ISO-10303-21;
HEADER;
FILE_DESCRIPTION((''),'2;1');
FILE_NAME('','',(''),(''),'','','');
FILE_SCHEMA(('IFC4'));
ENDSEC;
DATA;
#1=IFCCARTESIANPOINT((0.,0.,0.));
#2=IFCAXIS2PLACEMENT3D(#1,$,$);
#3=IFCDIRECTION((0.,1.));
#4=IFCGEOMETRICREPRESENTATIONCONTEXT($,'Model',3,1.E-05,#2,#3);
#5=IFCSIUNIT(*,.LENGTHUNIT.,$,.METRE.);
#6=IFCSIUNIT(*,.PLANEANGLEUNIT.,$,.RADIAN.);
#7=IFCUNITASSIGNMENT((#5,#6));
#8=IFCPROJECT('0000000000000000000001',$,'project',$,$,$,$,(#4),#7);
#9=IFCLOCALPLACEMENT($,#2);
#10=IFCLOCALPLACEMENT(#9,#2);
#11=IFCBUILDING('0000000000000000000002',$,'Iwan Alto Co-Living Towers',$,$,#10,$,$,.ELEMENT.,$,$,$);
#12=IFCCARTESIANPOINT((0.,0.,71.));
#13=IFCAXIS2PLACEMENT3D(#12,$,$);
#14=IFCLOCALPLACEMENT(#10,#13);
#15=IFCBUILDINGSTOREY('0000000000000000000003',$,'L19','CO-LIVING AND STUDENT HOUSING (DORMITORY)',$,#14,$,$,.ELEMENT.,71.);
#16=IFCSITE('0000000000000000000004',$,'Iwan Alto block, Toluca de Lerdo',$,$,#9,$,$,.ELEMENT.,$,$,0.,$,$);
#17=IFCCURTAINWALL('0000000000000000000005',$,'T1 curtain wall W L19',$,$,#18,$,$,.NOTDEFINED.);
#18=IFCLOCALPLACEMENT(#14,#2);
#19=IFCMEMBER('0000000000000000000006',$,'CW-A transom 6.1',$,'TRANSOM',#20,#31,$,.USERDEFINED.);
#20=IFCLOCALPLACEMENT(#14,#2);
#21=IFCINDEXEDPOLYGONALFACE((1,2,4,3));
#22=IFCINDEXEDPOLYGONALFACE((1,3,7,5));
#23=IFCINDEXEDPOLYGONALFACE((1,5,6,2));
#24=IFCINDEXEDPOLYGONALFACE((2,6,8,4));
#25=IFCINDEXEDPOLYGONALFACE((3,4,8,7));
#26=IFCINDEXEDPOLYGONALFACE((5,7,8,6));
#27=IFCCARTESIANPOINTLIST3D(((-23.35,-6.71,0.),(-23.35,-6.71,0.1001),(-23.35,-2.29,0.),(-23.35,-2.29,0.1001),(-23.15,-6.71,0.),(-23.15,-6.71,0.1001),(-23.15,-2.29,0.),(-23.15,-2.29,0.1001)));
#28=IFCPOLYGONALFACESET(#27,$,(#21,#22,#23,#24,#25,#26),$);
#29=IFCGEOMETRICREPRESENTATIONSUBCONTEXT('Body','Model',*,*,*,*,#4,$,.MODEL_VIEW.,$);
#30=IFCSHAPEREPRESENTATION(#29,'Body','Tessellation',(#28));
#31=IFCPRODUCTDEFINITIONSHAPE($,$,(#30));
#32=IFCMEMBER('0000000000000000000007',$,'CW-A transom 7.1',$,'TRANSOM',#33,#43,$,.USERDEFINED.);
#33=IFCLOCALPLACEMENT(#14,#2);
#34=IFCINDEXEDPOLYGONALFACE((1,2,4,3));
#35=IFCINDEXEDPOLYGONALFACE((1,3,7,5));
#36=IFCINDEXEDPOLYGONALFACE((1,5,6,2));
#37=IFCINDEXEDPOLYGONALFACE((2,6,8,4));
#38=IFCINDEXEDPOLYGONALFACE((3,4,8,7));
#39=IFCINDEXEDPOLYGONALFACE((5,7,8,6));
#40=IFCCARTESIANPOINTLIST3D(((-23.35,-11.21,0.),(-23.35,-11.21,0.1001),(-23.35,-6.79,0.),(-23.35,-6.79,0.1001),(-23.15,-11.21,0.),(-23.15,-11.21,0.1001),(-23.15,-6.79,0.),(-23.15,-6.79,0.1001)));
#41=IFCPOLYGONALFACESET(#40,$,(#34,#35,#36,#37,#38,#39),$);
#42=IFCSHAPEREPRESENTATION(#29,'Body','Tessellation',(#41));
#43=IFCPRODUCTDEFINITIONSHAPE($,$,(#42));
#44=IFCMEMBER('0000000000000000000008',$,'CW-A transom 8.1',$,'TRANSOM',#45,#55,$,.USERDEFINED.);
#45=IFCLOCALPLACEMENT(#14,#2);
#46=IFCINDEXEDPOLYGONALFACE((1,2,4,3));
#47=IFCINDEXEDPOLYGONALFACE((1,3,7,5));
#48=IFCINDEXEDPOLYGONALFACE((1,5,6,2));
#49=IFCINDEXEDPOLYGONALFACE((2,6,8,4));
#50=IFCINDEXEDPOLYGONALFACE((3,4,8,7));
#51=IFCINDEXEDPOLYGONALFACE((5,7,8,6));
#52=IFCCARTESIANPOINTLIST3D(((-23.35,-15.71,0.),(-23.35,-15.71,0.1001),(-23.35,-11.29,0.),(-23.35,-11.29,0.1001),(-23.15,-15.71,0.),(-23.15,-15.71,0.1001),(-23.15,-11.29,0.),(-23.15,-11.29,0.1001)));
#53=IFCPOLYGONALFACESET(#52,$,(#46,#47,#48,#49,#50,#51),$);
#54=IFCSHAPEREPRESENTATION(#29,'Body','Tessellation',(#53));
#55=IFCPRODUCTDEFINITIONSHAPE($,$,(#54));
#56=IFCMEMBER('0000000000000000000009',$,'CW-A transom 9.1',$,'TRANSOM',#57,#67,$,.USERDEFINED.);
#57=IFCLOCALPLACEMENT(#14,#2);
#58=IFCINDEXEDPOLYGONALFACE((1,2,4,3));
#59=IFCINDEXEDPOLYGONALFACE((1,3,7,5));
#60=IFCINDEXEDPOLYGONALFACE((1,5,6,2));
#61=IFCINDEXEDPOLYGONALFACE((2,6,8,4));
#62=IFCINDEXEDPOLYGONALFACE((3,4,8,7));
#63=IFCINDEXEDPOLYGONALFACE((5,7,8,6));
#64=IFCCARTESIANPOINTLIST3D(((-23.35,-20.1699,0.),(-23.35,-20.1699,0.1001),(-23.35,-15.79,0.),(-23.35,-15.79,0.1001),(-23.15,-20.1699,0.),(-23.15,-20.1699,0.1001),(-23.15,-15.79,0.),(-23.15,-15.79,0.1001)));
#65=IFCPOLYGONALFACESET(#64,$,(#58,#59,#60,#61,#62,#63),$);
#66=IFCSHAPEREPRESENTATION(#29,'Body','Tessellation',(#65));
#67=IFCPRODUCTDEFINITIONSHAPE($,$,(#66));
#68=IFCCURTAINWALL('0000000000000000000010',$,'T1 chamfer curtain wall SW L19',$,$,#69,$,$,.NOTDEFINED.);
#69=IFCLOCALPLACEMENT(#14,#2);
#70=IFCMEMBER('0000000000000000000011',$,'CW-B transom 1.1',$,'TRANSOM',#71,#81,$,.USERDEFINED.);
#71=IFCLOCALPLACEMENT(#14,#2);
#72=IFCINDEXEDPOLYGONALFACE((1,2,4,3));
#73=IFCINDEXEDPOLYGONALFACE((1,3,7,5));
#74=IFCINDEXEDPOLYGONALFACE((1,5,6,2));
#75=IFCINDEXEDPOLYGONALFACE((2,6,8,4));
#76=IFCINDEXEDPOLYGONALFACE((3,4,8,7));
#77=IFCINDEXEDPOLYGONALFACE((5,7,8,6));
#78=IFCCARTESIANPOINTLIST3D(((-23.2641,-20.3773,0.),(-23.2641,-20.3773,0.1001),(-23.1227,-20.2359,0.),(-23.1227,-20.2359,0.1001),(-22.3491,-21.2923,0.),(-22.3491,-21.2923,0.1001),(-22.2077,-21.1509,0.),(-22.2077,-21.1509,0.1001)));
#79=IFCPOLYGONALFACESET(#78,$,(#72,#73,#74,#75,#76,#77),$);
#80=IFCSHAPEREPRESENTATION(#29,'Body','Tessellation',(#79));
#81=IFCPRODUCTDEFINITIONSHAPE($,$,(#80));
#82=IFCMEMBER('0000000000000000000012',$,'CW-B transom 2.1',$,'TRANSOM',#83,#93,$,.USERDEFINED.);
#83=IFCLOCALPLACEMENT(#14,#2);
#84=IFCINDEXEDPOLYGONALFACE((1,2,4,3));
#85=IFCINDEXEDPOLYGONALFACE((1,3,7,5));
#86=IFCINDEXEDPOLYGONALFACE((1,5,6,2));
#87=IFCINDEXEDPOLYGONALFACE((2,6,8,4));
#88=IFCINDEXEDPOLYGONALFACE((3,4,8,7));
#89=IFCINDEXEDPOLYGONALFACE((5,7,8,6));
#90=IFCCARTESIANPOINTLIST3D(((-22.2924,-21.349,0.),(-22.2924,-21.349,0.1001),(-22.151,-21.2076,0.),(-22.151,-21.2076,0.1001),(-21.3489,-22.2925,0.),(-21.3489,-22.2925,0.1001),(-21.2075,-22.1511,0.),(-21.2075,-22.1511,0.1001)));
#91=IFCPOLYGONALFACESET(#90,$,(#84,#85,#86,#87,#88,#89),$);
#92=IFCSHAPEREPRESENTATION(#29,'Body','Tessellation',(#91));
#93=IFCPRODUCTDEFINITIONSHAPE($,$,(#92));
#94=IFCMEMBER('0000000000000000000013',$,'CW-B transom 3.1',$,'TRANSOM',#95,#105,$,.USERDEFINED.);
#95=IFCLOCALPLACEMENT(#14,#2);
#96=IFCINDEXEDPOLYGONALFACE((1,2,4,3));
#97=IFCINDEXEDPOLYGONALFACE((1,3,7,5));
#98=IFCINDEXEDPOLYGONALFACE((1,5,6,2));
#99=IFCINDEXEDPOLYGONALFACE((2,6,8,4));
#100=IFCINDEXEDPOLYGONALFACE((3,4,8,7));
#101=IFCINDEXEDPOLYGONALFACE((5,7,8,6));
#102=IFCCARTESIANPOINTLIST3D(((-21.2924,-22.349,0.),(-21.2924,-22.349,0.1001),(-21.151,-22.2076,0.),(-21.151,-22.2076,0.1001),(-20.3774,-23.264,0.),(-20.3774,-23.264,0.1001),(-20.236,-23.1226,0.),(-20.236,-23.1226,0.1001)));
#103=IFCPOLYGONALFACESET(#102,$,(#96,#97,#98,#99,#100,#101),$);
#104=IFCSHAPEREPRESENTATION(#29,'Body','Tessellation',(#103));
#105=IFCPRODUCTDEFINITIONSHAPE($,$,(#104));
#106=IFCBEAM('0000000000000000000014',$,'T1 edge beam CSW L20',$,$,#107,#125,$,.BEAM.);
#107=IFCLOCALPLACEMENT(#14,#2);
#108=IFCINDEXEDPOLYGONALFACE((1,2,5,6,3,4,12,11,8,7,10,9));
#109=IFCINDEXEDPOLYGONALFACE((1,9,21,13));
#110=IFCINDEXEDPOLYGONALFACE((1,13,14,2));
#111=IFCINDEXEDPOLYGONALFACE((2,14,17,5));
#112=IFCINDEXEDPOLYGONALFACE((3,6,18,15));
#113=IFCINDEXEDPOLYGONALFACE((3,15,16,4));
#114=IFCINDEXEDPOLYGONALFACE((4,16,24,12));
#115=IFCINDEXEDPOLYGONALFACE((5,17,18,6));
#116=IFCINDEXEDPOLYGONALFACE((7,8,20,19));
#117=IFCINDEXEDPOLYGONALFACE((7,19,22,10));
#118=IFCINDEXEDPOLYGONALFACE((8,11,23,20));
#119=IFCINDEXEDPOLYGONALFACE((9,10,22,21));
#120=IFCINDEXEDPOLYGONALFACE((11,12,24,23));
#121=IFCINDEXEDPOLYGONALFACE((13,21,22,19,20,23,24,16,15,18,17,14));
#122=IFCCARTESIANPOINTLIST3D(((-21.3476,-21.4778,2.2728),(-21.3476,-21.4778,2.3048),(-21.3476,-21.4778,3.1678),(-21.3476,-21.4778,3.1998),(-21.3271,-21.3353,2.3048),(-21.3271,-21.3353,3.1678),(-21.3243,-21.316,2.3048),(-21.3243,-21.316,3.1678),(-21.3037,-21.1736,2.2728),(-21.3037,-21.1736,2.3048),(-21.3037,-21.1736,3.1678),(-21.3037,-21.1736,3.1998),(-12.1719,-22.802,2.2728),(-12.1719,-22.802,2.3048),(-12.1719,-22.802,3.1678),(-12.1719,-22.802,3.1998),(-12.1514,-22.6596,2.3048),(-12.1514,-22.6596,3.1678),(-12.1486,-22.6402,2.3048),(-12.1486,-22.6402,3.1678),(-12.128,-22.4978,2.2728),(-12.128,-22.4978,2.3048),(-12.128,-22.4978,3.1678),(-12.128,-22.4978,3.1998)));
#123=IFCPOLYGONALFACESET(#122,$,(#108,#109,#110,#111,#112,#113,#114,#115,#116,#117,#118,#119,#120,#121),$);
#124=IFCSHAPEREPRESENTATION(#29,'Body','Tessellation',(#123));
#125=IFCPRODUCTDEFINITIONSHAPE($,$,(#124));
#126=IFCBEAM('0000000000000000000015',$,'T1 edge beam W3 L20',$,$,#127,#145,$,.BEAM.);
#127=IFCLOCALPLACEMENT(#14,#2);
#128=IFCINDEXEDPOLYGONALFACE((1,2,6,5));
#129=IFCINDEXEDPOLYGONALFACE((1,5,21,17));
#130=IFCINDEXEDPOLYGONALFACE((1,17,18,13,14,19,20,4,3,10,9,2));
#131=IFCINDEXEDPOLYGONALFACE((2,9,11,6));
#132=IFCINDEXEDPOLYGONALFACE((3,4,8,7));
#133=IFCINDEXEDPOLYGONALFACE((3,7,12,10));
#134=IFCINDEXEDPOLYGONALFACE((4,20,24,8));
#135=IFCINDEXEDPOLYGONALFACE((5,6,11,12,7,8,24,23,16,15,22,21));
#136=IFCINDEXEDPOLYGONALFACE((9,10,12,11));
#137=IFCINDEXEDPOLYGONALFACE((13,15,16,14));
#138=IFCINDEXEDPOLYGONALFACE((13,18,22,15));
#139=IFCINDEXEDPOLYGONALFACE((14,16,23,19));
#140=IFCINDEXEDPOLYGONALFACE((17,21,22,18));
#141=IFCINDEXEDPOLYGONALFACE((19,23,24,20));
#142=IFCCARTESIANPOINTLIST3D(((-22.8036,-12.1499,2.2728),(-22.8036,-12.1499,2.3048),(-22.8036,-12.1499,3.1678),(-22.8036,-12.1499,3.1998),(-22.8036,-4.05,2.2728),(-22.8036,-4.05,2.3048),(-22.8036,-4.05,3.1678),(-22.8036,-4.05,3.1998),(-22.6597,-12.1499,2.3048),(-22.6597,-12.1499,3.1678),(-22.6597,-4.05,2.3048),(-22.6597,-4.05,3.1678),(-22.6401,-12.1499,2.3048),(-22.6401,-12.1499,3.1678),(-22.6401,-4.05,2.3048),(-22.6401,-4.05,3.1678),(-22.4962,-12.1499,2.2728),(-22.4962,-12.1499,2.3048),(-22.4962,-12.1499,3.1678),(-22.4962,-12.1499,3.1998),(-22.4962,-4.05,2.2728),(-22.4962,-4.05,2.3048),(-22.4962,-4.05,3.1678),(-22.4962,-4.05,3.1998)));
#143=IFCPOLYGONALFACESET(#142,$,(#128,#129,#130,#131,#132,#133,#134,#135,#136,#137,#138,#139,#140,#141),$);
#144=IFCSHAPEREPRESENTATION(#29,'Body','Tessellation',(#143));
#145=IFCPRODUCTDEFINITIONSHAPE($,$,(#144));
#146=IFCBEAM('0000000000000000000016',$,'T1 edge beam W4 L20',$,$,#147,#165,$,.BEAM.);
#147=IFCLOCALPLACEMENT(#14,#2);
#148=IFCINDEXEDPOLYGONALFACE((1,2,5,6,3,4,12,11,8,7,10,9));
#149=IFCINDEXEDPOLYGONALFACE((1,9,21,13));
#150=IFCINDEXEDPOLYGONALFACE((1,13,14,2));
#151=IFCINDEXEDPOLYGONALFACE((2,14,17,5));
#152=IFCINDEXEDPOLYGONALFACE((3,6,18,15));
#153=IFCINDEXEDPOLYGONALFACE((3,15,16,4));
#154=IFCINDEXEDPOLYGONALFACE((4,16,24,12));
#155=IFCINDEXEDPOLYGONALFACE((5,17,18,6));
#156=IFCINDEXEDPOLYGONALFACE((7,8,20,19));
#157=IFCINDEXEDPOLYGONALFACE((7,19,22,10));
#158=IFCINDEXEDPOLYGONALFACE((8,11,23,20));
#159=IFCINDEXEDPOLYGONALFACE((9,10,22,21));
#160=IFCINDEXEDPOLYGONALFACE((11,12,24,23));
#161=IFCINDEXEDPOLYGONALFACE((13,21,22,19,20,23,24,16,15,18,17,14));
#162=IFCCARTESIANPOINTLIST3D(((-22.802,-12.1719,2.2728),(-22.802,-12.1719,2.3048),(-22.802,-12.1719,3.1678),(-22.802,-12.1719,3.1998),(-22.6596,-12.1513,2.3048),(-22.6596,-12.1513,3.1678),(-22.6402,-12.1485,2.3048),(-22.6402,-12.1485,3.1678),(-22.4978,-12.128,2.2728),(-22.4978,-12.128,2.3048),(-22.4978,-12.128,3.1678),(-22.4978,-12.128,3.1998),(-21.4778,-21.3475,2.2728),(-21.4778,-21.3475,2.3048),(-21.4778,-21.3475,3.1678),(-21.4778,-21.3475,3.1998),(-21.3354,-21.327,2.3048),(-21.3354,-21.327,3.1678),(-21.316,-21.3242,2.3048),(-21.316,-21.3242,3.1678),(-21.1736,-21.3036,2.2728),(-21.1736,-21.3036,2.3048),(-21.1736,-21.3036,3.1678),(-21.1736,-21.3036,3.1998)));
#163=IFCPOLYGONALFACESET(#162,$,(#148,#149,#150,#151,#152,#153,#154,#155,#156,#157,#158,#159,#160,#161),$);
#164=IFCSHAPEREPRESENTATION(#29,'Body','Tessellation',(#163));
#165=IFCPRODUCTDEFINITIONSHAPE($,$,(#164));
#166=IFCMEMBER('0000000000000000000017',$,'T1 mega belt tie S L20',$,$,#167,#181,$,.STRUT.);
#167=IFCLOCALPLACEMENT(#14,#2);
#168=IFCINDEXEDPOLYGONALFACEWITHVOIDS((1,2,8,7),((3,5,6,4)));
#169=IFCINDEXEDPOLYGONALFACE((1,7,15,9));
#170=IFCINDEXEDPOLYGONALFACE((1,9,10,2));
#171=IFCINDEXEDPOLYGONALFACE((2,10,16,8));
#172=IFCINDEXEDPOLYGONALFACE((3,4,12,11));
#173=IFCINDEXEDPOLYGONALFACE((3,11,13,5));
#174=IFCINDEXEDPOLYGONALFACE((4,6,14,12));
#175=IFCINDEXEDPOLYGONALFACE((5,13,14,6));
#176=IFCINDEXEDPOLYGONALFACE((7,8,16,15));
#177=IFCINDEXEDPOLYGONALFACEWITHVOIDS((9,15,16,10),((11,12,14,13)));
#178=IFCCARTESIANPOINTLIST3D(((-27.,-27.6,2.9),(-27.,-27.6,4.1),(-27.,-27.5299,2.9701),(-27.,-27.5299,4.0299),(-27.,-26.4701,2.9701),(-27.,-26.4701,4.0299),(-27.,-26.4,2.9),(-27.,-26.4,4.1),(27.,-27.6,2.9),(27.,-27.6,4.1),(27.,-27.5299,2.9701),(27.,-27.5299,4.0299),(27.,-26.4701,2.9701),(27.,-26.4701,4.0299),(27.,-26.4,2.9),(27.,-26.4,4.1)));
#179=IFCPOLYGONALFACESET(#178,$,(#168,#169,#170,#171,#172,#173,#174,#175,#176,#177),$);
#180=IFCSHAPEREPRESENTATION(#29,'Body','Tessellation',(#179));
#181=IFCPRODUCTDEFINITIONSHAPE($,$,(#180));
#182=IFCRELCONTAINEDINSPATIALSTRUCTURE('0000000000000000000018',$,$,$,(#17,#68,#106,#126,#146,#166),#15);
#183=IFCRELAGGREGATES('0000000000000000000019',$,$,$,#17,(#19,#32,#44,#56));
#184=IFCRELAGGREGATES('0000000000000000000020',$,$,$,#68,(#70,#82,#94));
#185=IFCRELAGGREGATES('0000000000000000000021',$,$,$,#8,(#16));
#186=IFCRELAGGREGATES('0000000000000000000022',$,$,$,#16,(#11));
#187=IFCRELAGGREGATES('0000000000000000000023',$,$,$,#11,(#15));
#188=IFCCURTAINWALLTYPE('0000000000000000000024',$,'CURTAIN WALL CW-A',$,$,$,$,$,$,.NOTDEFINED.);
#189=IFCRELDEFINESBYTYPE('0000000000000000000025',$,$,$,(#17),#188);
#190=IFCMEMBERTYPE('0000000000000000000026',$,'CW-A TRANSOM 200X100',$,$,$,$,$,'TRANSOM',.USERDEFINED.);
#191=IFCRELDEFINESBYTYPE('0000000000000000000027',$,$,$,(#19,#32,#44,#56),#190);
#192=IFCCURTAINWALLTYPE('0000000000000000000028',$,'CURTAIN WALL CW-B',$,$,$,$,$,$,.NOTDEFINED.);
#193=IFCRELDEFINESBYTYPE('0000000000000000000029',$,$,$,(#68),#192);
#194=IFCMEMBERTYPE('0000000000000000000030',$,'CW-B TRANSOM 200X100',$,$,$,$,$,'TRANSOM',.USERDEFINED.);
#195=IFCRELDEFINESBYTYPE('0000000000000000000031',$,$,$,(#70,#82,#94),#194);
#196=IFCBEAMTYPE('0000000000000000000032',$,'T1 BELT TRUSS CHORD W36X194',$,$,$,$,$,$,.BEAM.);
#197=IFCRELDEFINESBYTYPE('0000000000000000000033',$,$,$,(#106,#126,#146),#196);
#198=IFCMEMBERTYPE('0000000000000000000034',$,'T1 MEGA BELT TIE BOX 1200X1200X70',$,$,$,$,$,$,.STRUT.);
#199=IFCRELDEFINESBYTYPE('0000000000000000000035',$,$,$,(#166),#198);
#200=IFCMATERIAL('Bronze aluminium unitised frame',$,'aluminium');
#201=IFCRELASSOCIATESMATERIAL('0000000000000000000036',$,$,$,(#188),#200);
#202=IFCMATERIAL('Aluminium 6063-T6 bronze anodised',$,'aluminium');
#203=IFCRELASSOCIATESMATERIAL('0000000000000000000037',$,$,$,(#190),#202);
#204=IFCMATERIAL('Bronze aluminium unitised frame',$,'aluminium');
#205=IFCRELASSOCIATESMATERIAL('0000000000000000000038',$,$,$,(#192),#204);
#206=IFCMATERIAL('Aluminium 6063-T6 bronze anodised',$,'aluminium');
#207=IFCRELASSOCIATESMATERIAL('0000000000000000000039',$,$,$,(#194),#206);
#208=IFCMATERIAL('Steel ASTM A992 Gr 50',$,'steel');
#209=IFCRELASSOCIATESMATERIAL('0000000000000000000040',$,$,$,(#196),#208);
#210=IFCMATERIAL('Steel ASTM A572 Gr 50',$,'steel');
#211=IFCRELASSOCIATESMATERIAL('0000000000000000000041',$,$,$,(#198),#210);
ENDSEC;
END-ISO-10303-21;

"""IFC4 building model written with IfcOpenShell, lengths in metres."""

from ifc_helpers import new_model, si_unit, direction, frame, origin, origin_2d, place, context, subcontext, project, spatial, rectangle, hollow_rectangle, i_section, extrude, material, material_profile, profile_set, type_object, element, aggregate, save


model = new_model("IFC4")

# Units and contexts
model_context = context("Model", 3, precision=1e-05, world=origin(), true_north=direction((0.0, 1.0)))
body_context = subcontext(model_context, "Body", "Model", "MODEL_VIEW")
ifc_project = project(units=[si_unit("LENGTHUNIT", "METRE"), si_unit("PLANEANGLEUNIT", "RADIAN")], contexts=[model_context])

# Site, building, storey
site_placement = place(None, origin())
site = spatial("IfcSite", under=ifc_project, at=site_placement, Name="Iwan Alto block, Toluca de Lerdo", CompositionType="ELEMENT", RefElevation=0.0)
building_placement = place(site_placement, origin())
building = spatial("IfcBuilding", under=site, at=building_placement, Name="Iwan Alto Co-Living Towers", CompositionType="ELEMENT")
storey_placement = place(building_placement, frame((0.0, 0.0, 71.0)))
storey = spatial("IfcBuildingStorey", under=building, at=storey_placement, Name="L19", Description="CO-LIVING AND STUDENT HOUSING (DORMITORY)", CompositionType="ELEMENT", Elevation=71.0)

# Curtain walls, members
ifc_material_1 = material(Name="Bronze aluminium unitised frame", Category="aluminium")
curtain_wall_type_1 = type_object("IfcCurtainWallType", Name="CURTAIN WALL CW-A", PredefinedType="NOTDEFINED", material=ifc_material_1)
curtain_wall_1_placement = place(storey_placement, origin())
curtain_wall_1 = element("IfcCurtainWall", 1, at=curtain_wall_1_placement, inside=storey, type_object=curtain_wall_type_1, Name="T1 curtain wall W L19", PredefinedType="NOTDEFINED")
ifc_material_2 = material(Name="Aluminium 6063-T6 bronze anodised", Category="aluminium")
ifc_material_profile_1 = material_profile(ifc_material_2, rectangle(XDim=0.2, YDim=0.1001, at=origin_2d()), Name="AL 200X100")
ifc_profile_set_1 = profile_set([ifc_material_profile_1], Name="Aluminium 6063-T6 bronze anodised")
member_type_1 = type_object("IfcMemberType", Name="CW-A TRANSOM 200X100", ElementType="TRANSOM", PredefinedType="USERDEFINED", material=ifc_profile_set_1)
member_1_placement = place(storey_placement, frame((-23.25, -2.29, 0.05), z_axis=(0.0, -1.0, 0.0), x_axis=(1.0, 0.0, 0.0)))
member_1 = element("IfcMember", 2, at=member_1_placement, type_object=member_type_1, Name="CW-A transom 6.1", ObjectType="TRANSOM", PredefinedType="USERDEFINED", context=body_context, shape_type="SweptSolid", body=[
    extrude(rectangle(XDim=0.2, YDim=0.1001, at=origin_2d()), origin(), (0.0, 0.0, 1.0), 4.4199),
])
member_2_placement = place(storey_placement, frame((-23.25, -6.79, 0.05), z_axis=(0.0, -1.0, 0.0), x_axis=(1.0, 0.0, 0.0)))
member_2 = element("IfcMember", 3, at=member_2_placement, type_object=member_type_1, Name="CW-A transom 7.1", ObjectType="TRANSOM", PredefinedType="USERDEFINED", context=body_context, shape_type="SweptSolid", body=[
    extrude(rectangle(XDim=0.2, YDim=0.1001, at=origin_2d()), origin(), (0.0, 0.0, 1.0), 4.4199),
])
member_3_placement = place(storey_placement, frame((-23.25, -11.29, 0.05), z_axis=(0.0, -1.0, 0.0), x_axis=(1.0, 0.0, 0.0)))
member_3 = element("IfcMember", 4, at=member_3_placement, type_object=member_type_1, Name="CW-A transom 8.1", ObjectType="TRANSOM", PredefinedType="USERDEFINED", context=body_context, shape_type="SweptSolid", body=[
    extrude(rectangle(XDim=0.2, YDim=0.1001, at=origin_2d()), origin(), (0.0, 0.0, 1.0), 4.4199),
])
member_4_placement = place(storey_placement, frame((-23.25, -15.79, 0.05), z_axis=(0.0, -1.0, 0.0), x_axis=(1.0, 0.0, 0.0)))
member_4 = element("IfcMember", 5, at=member_4_placement, type_object=member_type_1, Name="CW-A transom 9.1", ObjectType="TRANSOM", PredefinedType="USERDEFINED", context=body_context, shape_type="SweptSolid", body=[
    extrude(rectangle(XDim=0.2, YDim=0.1001, at=origin_2d()), origin(), (0.0, 0.0, 1.0), 4.3799),
])
ifc_material_3 = material(Name="Bronze aluminium unitised frame", Category="aluminium")
curtain_wall_type_2 = type_object("IfcCurtainWallType", Name="CURTAIN WALL CW-B", PredefinedType="NOTDEFINED", material=ifc_material_3)
curtain_wall_2_placement = place(storey_placement, origin())
curtain_wall_2 = element("IfcCurtainWall", 6, at=curtain_wall_2_placement, inside=storey, type_object=curtain_wall_type_2, Name="T1 chamfer curtain wall SW L19", PredefinedType="NOTDEFINED")
ifc_material_4 = material(Name="Aluminium 6063-T6 bronze anodised", Category="aluminium")
ifc_material_profile_2 = material_profile(ifc_material_4, rectangle(XDim=0.2, YDim=0.1001, at=origin_2d()), Name="AL 200X100")
ifc_profile_set_2 = profile_set([ifc_material_profile_2], Name="Aluminium 6063-T6 bronze anodised")
member_type_2 = type_object("IfcMemberType", Name="CW-B TRANSOM 200X100", ElementType="TRANSOM", PredefinedType="USERDEFINED", material=ifc_profile_set_2)
member_5_placement = place(storey_placement, frame((-23.1934, -20.3066, 0.05), z_axis=(0.707107, -0.707107, 0.0), x_axis=(0.707107, 0.707107, 0.0)))
member_5 = element("IfcMember", 7, at=member_5_placement, type_object=member_type_2, Name="CW-B transom 1.1", ObjectType="TRANSOM", PredefinedType="USERDEFINED", context=body_context, shape_type="SweptSolid", body=[
    extrude(rectangle(XDim=0.2, YDim=0.1001, at=origin_2d()), origin(), (0.0, 0.0, 1.0), 1.2939),
])
member_6_placement = place(storey_placement, frame((-22.2217, -21.2783, 0.05), z_axis=(0.707107, -0.707107, 0.0), x_axis=(0.707107, 0.707107, 0.0)))
member_6 = element("IfcMember", 8, at=member_6_placement, type_object=member_type_2, Name="CW-B transom 2.1", ObjectType="TRANSOM", PredefinedType="USERDEFINED", context=body_context, shape_type="SweptSolid", body=[
    extrude(rectangle(XDim=0.2, YDim=0.1001, at=origin_2d()), origin(), (0.0, 0.0, 1.0), 1.3342),
])
member_7_placement = place(storey_placement, frame((-21.2217, -22.2783, 0.05), z_axis=(0.707107, -0.707107, 0.0), x_axis=(0.707107, 0.707107, 0.0)))
member_7 = element("IfcMember", 9, at=member_7_placement, type_object=member_type_2, Name="CW-B transom 3.1", ObjectType="TRANSOM", PredefinedType="USERDEFINED", context=body_context, shape_type="SweptSolid", body=[
    extrude(rectangle(XDim=0.2, YDim=0.1001, at=origin_2d()), origin(), (0.0, 0.0, 1.0), 1.2939),
])

# Beams
ifc_material_5 = material(Name="Steel ASTM A992 Gr 50", Category="steel")
ifc_material_profile_3 = material_profile(ifc_material_5, i_section(OverallWidth=0.3074, OverallDepth=0.927, WebThickness=0.0195, FlangeThickness=0.032, at=origin_2d()), Name="W36X194")
ifc_profile_set_3 = profile_set([ifc_material_profile_3], Name="Steel ASTM A992 Gr 50")
beam_type_1 = type_object("IfcBeamType", Name="T1 BELT TRUSS CHORD W36X194", PredefinedType="BEAM", material=ifc_profile_set_3)
beam_1_placement = place(storey_placement, frame((-21.3257, -21.3257, 2.7363), z_axis=(0.989746, -0.142837, 0.0), x_axis=(0.142837, 0.989746, 0.0)))
element("IfcBeam", 10, at=beam_1_placement, inside=storey, type_object=beam_type_1, Name="T1 edge beam CSW L20", PredefinedType="BEAM", context=body_context, shape_type="SweptSolid", body=[
    extrude(i_section(OverallWidth=0.3074, OverallDepth=0.927, WebThickness=0.0195, FlangeThickness=0.032, at=origin_2d()), origin(), (0.0, 0.0, 1.0), 9.2708),
])
beam_2_placement = place(storey_placement, frame((-22.6499, -4.05, 2.7363), z_axis=(0.0, -1.0, 0.0), x_axis=(1.0, 0.0, 0.0)))
element("IfcBeam", 11, at=beam_2_placement, inside=storey, type_object=beam_type_1, Name="T1 edge beam W3 L20", PredefinedType="BEAM", context=body_context, shape_type="SweptSolid", body=[
    extrude(i_section(OverallWidth=0.3074, OverallDepth=0.927, WebThickness=0.0195, FlangeThickness=0.032, at=origin_2d()), origin(), (0.0, 0.0, 1.0), 8.0999),
])
beam_3_placement = place(storey_placement, frame((-22.6499, -12.1499, 2.7363), z_axis=(0.142837, -0.989746, 0.0), x_axis=(0.989746, 0.142837, 0.0)))
element("IfcBeam", 12, at=beam_3_placement, inside=storey, type_object=beam_type_1, Name="T1 edge beam W4 L20", PredefinedType="BEAM", context=body_context, shape_type="SweptSolid", body=[
    extrude(i_section(OverallWidth=0.3074, OverallDepth=0.927, WebThickness=0.0195, FlangeThickness=0.032, at=origin_2d()), origin(), (0.0, 0.0, 1.0), 9.2708),
])

# Member
ifc_material_6 = material(Name="Steel ASTM A572 Gr 50", Category="steel")
ifc_material_profile_4 = material_profile(ifc_material_6, hollow_rectangle(XDim=1.2, YDim=1.2, WallThickness=0.0701, at=origin_2d()), Name="BOX 1200X1200X70")
ifc_profile_set_4 = profile_set([ifc_material_profile_4], Name="Steel ASTM A572 Gr 50")
member_type_3 = type_object("IfcMemberType", Name="T1 MEGA BELT TIE BOX 1200X1200X70", PredefinedType="STRUT", material=ifc_profile_set_4)
member_8_placement = place(storey_placement, frame((-27.0, -27.0, 3.5), z_axis=(1.0, 0.0, 0.0), x_axis=(0.0, 1.0, 0.0)))
element("IfcMember", 13, at=member_8_placement, inside=storey, type_object=member_type_3, Name="T1 mega belt tie S L20", PredefinedType="STRUT", context=body_context, shape_type="SweptSolid", body=[
    extrude(hollow_rectangle(XDim=1.2, YDim=1.2, WallThickness=0.0701, at=origin_2d()), origin(), (0.0, 0.0, 1.0), 54.0),
])

aggregate(curtain_wall_1, [member_1, member_2, member_3, member_4])
aggregate(curtain_wall_2, [member_5, member_6, member_7])

save(model, "model.ifc")
